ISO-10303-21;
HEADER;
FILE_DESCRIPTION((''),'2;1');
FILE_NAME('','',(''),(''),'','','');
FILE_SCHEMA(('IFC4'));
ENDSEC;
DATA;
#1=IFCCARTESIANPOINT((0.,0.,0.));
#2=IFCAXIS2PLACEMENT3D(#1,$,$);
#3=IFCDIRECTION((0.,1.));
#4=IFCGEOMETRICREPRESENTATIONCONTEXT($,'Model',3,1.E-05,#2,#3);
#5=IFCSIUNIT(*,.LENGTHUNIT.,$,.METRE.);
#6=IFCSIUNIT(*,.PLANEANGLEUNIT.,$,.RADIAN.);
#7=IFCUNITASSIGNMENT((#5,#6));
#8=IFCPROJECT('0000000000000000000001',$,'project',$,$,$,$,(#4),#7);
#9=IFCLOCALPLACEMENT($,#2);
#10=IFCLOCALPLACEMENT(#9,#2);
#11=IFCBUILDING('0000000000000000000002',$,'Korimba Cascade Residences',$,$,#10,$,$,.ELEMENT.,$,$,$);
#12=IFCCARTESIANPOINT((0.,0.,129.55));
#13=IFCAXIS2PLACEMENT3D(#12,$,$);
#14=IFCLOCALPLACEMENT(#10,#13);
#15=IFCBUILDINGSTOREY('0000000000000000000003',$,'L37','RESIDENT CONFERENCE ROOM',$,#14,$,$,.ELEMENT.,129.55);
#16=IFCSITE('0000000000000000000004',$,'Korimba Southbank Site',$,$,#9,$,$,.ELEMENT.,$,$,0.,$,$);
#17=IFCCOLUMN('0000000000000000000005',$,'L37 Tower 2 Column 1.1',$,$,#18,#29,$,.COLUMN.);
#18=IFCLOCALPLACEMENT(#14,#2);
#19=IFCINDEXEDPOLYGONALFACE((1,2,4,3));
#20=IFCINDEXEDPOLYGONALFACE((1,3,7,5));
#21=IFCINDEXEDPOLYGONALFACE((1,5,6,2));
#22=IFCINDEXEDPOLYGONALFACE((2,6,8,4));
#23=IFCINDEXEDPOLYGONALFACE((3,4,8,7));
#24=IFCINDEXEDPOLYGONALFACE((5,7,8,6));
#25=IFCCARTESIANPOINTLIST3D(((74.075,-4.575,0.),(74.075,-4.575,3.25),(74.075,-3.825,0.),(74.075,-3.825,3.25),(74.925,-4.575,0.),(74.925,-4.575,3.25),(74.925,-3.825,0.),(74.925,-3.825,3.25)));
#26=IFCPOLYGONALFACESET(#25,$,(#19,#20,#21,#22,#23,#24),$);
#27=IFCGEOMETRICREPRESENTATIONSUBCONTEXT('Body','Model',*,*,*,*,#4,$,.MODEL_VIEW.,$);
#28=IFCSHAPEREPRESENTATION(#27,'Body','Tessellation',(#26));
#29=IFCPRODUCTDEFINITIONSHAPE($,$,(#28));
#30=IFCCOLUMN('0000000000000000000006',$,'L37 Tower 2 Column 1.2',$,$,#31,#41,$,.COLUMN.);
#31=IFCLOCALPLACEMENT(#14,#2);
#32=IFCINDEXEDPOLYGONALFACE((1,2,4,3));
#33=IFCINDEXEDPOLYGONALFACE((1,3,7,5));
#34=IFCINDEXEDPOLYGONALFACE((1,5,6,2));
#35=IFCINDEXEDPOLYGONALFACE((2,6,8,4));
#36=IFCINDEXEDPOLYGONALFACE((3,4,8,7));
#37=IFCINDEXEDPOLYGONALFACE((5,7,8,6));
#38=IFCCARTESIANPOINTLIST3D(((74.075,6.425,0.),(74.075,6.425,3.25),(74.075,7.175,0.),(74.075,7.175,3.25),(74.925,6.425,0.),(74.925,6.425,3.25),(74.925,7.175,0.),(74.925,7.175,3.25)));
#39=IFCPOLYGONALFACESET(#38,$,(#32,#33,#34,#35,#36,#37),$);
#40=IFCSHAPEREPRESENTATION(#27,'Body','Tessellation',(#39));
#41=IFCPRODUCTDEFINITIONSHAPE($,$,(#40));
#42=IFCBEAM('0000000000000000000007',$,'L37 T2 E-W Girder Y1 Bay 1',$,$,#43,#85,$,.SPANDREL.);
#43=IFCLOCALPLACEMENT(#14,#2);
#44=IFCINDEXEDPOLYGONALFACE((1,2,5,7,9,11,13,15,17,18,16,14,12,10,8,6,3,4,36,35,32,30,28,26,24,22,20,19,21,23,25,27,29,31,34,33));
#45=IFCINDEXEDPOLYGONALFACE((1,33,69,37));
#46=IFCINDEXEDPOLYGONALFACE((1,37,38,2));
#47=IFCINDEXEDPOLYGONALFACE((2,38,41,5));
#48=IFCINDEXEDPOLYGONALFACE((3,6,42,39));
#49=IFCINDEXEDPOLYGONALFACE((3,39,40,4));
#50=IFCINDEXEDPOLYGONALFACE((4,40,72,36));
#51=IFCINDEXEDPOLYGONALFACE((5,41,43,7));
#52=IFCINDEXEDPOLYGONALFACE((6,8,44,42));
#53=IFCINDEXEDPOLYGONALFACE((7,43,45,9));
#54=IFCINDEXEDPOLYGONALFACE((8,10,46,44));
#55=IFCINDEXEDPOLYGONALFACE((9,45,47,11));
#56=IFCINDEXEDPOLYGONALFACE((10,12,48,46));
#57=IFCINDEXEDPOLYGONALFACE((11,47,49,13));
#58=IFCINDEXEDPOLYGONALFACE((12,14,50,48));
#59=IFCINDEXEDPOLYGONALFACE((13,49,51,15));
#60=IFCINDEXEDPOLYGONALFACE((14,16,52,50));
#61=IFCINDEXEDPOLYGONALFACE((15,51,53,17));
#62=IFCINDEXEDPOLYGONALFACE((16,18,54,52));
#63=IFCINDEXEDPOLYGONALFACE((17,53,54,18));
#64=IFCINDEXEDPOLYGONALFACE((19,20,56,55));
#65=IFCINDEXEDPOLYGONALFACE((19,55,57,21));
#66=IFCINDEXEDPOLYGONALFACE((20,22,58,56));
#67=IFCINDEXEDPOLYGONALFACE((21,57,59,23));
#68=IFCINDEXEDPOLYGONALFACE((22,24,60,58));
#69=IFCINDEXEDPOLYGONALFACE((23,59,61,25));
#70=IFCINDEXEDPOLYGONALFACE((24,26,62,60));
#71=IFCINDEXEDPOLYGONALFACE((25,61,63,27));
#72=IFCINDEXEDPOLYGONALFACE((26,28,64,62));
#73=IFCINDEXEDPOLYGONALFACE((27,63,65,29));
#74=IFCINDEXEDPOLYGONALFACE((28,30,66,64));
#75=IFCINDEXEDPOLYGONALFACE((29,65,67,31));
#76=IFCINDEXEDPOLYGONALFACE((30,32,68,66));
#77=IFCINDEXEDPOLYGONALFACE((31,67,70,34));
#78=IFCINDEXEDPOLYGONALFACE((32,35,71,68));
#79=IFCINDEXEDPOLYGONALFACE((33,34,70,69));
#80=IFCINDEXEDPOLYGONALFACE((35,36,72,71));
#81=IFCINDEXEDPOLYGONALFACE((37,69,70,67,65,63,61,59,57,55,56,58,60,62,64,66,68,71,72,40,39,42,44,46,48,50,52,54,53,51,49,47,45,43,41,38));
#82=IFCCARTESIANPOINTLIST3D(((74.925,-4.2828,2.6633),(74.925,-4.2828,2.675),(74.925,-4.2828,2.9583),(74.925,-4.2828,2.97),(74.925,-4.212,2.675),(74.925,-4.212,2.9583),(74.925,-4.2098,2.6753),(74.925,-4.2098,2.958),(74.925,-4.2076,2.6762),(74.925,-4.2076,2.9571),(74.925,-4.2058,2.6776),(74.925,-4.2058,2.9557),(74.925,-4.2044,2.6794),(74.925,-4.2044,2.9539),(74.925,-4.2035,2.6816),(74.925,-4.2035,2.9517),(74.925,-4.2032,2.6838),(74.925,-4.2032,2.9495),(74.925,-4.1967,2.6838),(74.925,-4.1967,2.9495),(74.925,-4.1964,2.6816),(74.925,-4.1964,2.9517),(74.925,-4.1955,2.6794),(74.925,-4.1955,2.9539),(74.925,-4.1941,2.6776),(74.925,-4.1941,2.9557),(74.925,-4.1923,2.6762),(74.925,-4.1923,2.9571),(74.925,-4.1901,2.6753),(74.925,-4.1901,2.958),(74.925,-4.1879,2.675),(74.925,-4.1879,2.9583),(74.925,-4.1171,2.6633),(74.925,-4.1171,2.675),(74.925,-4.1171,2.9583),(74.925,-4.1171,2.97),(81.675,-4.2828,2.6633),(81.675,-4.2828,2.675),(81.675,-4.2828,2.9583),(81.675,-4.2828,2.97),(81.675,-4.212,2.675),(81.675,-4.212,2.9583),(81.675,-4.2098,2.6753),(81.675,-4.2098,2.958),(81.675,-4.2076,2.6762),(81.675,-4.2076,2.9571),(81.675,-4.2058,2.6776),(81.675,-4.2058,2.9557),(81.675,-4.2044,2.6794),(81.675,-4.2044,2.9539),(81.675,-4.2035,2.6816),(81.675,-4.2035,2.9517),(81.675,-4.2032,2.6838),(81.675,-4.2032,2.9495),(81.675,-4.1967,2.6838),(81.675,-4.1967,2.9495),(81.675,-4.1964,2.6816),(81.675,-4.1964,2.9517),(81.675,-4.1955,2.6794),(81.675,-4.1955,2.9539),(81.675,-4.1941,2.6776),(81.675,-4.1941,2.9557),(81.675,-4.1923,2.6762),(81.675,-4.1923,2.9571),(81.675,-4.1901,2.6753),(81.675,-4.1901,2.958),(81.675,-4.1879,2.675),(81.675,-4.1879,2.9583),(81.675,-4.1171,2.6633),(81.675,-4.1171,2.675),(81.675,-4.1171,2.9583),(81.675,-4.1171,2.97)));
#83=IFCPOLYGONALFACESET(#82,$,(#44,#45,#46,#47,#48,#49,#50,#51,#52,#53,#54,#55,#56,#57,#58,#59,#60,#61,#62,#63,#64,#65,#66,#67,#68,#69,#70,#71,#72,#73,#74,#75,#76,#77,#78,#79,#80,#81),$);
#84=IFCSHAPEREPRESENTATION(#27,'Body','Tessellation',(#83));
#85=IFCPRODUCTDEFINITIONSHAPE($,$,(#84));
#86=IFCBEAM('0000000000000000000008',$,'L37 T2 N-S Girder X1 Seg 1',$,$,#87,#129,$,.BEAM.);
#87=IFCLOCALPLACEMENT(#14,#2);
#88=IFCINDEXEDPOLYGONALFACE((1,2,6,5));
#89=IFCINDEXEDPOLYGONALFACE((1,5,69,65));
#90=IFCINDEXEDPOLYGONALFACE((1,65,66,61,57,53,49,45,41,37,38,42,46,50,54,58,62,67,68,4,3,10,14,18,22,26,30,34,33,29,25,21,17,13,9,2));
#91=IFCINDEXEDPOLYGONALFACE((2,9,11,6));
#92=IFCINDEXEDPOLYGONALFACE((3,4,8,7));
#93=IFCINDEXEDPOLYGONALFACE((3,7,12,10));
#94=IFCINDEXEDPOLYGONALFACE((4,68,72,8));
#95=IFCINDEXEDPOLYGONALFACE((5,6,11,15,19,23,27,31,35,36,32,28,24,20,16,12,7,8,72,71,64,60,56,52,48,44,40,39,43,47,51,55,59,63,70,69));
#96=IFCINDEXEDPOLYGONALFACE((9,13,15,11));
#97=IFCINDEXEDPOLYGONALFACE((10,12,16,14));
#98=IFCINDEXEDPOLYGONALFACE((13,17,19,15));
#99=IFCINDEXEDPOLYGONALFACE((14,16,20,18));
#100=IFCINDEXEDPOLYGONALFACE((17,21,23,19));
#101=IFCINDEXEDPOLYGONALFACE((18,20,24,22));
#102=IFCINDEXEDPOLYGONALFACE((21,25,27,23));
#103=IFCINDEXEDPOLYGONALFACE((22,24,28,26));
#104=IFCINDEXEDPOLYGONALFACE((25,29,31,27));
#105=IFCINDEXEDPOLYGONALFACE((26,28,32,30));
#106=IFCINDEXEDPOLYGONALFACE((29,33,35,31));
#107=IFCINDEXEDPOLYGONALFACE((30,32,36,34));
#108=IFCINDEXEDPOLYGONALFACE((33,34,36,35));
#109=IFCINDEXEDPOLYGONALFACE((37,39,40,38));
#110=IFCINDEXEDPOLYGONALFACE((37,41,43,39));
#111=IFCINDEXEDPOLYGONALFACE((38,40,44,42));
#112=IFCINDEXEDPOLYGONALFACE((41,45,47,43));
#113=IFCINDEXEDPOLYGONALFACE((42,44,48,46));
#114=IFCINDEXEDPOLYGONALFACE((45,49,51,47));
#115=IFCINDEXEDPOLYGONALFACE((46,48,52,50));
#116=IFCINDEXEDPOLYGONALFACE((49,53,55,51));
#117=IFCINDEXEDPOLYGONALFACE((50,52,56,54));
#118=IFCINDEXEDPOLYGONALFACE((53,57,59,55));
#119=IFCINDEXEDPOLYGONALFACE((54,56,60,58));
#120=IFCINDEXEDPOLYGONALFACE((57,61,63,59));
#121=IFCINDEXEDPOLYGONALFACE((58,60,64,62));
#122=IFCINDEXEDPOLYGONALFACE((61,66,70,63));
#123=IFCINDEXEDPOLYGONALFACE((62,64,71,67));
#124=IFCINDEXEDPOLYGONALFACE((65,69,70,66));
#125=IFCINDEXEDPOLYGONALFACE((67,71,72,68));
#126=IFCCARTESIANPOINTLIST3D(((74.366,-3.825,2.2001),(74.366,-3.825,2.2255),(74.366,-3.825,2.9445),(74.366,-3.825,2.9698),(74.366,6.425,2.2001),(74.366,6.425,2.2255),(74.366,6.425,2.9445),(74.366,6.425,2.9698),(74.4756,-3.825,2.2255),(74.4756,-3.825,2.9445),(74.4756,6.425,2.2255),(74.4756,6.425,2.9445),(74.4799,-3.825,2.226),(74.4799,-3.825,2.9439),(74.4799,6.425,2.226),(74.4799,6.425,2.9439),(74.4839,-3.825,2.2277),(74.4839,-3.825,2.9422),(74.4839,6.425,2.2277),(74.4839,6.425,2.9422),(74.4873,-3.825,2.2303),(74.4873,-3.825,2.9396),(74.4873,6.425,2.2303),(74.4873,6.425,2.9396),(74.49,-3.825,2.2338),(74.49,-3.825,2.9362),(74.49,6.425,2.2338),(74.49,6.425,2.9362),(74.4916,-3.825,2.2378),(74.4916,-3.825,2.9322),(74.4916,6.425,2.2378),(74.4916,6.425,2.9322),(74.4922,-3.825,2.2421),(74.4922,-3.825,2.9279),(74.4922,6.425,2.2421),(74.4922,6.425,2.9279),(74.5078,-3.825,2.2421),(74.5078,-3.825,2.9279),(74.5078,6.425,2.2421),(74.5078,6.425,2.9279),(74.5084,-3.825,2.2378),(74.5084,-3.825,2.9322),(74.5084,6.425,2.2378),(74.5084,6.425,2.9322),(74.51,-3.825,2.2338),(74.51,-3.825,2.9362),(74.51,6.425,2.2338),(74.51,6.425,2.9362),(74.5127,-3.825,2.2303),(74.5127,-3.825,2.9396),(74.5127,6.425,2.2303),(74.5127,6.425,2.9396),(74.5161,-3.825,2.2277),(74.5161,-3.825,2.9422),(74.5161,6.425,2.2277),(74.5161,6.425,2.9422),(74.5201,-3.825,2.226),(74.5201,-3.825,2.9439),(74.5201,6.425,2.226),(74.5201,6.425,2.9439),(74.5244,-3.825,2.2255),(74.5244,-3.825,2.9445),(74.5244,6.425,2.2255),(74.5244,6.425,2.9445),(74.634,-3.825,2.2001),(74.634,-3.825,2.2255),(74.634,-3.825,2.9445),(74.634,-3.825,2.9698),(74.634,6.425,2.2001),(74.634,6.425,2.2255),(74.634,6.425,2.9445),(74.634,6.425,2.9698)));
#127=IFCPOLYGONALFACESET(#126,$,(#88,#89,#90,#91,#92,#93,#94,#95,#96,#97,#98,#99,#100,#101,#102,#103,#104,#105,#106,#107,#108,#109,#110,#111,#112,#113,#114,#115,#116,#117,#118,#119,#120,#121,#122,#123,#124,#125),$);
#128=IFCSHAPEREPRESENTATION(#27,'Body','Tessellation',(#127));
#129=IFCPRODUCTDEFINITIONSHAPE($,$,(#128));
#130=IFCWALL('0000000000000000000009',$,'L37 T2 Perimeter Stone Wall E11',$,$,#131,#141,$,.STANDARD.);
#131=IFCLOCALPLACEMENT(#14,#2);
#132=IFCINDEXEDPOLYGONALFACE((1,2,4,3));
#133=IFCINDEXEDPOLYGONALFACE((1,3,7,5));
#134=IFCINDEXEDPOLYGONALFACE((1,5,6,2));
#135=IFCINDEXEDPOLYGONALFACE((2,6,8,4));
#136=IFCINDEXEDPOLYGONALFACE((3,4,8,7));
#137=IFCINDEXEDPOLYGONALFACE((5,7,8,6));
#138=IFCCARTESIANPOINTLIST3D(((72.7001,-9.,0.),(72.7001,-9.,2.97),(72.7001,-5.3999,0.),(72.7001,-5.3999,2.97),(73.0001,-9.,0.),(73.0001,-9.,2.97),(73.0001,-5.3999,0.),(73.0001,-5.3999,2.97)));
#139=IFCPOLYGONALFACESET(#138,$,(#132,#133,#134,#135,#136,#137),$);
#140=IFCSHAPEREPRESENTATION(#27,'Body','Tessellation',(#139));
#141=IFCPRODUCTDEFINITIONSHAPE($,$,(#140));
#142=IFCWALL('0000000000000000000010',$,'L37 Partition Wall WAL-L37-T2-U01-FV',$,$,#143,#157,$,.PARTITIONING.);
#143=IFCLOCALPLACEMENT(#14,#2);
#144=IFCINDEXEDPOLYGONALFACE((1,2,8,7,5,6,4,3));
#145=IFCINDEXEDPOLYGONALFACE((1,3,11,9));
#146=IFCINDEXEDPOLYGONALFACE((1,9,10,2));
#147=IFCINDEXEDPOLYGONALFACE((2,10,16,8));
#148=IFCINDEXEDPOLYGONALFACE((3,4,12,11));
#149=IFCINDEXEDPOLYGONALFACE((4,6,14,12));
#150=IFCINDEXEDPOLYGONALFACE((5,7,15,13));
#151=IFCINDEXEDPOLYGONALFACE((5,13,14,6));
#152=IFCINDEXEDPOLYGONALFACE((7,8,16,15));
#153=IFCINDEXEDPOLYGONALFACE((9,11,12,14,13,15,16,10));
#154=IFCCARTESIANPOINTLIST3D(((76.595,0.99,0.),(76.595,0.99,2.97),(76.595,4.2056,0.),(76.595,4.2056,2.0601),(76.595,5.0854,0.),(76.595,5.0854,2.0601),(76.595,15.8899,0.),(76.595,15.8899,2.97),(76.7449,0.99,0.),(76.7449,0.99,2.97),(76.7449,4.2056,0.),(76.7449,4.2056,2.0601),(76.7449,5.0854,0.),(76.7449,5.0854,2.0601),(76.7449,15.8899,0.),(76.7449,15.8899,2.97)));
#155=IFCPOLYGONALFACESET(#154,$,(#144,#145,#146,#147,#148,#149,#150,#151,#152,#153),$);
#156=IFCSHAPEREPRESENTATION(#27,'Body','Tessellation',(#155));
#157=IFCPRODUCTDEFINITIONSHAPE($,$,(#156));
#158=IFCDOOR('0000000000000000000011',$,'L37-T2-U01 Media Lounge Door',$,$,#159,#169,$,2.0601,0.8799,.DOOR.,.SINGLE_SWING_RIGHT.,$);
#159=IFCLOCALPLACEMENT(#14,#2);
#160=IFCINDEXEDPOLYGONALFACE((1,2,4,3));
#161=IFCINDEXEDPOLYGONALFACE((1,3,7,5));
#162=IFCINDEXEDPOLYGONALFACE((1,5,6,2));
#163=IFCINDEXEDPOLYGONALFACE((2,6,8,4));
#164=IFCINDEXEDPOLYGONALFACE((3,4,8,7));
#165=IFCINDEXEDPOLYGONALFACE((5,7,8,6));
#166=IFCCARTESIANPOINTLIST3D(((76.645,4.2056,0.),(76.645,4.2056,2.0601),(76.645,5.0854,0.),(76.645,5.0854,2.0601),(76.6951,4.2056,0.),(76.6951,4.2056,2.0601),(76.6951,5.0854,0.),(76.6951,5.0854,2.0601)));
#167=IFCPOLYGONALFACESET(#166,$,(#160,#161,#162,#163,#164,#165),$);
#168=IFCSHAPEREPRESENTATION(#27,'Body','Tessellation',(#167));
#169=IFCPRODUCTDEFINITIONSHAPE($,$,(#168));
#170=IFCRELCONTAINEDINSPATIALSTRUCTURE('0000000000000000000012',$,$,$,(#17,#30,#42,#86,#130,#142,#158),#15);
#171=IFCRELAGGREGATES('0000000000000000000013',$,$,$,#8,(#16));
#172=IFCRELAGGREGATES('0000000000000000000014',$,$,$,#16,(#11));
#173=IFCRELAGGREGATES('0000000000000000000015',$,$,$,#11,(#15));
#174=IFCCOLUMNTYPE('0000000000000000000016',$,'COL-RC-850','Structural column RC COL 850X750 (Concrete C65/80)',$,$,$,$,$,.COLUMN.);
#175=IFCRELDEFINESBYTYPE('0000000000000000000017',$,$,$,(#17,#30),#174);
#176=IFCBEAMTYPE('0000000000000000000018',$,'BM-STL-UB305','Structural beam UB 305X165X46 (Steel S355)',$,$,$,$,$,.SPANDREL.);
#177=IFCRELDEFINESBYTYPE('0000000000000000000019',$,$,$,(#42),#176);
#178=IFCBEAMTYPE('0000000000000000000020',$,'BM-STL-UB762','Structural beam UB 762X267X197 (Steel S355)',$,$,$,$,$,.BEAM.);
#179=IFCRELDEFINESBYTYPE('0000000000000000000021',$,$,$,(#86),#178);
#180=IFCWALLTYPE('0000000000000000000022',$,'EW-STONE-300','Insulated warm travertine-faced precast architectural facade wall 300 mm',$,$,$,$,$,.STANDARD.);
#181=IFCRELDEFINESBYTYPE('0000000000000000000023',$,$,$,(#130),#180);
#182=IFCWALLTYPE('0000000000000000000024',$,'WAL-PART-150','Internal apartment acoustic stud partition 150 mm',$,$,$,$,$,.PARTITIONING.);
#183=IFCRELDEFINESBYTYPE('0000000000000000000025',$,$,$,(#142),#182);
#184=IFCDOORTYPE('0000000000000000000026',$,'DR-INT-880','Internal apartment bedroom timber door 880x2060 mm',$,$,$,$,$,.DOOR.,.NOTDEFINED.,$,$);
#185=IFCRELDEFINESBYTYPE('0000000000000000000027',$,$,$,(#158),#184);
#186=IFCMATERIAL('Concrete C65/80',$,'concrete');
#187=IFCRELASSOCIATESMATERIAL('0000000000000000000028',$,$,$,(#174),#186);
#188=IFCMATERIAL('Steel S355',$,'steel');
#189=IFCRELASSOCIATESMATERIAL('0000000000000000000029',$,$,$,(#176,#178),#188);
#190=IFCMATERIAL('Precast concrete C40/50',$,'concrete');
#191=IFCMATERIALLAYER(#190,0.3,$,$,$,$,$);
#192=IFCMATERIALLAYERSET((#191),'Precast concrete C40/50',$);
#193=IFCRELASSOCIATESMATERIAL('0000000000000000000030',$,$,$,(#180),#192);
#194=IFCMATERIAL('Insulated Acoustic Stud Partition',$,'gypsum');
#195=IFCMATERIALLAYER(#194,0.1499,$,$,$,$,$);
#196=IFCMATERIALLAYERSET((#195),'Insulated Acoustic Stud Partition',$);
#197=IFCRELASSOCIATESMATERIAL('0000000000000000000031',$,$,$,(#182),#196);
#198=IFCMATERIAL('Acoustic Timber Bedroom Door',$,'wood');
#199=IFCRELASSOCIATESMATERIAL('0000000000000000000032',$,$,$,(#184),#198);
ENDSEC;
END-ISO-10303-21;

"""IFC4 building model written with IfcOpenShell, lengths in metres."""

from ifc_helpers import new_model, si_unit, direction, frame, frame_2d, origin, origin_2d, place, context, subcontext, project, spatial, rectangle, i_section, extrude, material, layer, layer_set, material_profile, profile_set, type_object, element, fill, save


model = new_model("IFC4")

# Units and contexts
model_context = context("Model", 3, precision=1e-05, world=origin(), true_north=direction((0.0, 1.0)))
body_context = subcontext(model_context, "Body", "Model", "MODEL_VIEW")
ifc_project = project(units=[si_unit("LENGTHUNIT", "METRE"), si_unit("PLANEANGLEUNIT", "RADIAN")], contexts=[model_context])

# Site, building, storey
site_placement = place(None, origin())
site = spatial("IfcSite", under=ifc_project, at=site_placement, Name="Korimba Southbank Site", CompositionType="ELEMENT", RefElevation=0.0)
building_placement = place(site_placement, origin())
building = spatial("IfcBuilding", under=site, at=building_placement, Name="Korimba Cascade Residences", CompositionType="ELEMENT")
storey_placement = place(building_placement, frame((0.0, 0.0, 129.55)))
storey = spatial("IfcBuildingStorey", under=building, at=storey_placement, Name="L37", Description="RESIDENT CONFERENCE ROOM", CompositionType="ELEMENT", Elevation=129.55)

# Columns
ifc_material_1 = material(Name="Concrete C65/80", Category="concrete")
ifc_material_profile_1 = material_profile(ifc_material_1, rectangle(XDim=0.8501, YDim=0.75, at=origin_2d()), Name="Concrete C65/80")
ifc_profile_set_1 = profile_set([ifc_material_profile_1], Name="Concrete C65/80")
column_type = type_object("IfcColumnType", Name="COL-RC-850", Description="Structural column RC COL 850X750 (Concrete C65/80)", PredefinedType="COLUMN", material=ifc_profile_set_1)
for number, where, z_axis, x_axis, name in (
    (1, (74.5, -4.2, 0.0), (0.0, 0.0, 1.0), (1.0, 0.0, 0.0), "L37 Tower 2 Column 1.1"),
    (2, (74.5, 6.8, 0.0), (0.0, 0.0, 1.0), (1.0, 0.0, 0.0), "L37 Tower 2 Column 1.2"),
):
    element("IfcColumn", number, at=place(storey_placement, frame(where, z_axis=z_axis, x_axis=x_axis)), inside=storey, type_object=column_type, Name=name, PredefinedType="COLUMN", context=body_context, shape_type="SweptSolid", body=[
        extrude(rectangle(XDim=0.8501, YDim=0.75, at=origin_2d()), origin(), (0.0, 0.0, 1.0), 3.25),
    ])

# Beams
ifc_material_2 = material(Name="Steel S355", Category="steel")
ifc_material_profile_2 = material_profile(ifc_material_2, i_section(OverallWidth=0.1658, OverallDepth=0.3066, WebThickness=0.0066, FlangeThickness=0.0117, FilletRadius=0.0088, at=origin_2d()), Name="Steel S355")
ifc_profile_set_2 = profile_set([ifc_material_profile_2], Name="Steel S355")
beam_type_1 = type_object("IfcBeamType", Name="BM-STL-UB305", Description="Structural beam UB 305X165X46 (Steel S355)", PredefinedType="SPANDREL", material=ifc_profile_set_2)
beam_1_placement = place(storey_placement, frame((74.925, -4.2, 2.8167), z_axis=(1.0, 0.0, 0.0), x_axis=(0.0, 1.0, 0.0)))
element("IfcBeam", 3, at=beam_1_placement, inside=storey, type_object=beam_type_1, Name="L37 T2 E-W Girder Y1 Bay 1", PredefinedType="SPANDREL", context=body_context, shape_type="SweptSolid", body=[
    extrude(i_section(OverallWidth=0.1658, OverallDepth=0.3066, WebThickness=0.0066, FlangeThickness=0.0117, FilletRadius=0.0088, at=origin_2d()), origin(), (0.0, 0.0, 1.0), 6.75),
])
ifc_material_profile_3 = material_profile(ifc_material_2, i_section(OverallWidth=0.2681, OverallDepth=0.7698, WebThickness=0.0156, FlangeThickness=0.0254, FilletRadius=0.0166, at=origin_2d()), Name="Steel S355")
ifc_profile_set_3 = profile_set([ifc_material_profile_3], Name="Steel S355")
beam_type_2 = type_object("IfcBeamType", Name="BM-STL-UB762", Description="Structural beam UB 762X267X197 (Steel S355)", PredefinedType="BEAM", material=ifc_profile_set_3)
beam_2_placement = place(storey_placement, frame((74.5, -3.825, 2.585), z_axis=(0.0, 1.0, 0.0), x_axis=(-1.0, 0.0, 0.0)))
element("IfcBeam", 4, at=beam_2_placement, inside=storey, type_object=beam_type_2, Name="L37 T2 N-S Girder X1 Seg 1", PredefinedType="BEAM", context=body_context, shape_type="SweptSolid", body=[
    extrude(i_section(OverallWidth=0.2681, OverallDepth=0.7698, WebThickness=0.0156, FlangeThickness=0.0254, FilletRadius=0.0166, at=origin_2d()), origin(), (0.0, 0.0, 1.0), 10.25),
])

# Wall
ifc_material_3 = material(Name="Precast concrete C40/50", Category="concrete")
ifc_layer_1 = layer(ifc_material_3, 0.3)
ifc_layer_set_1 = layer_set([ifc_layer_1], Name="Precast concrete C40/50")
wall_type_1 = type_object("IfcWallType", Name="EW-STONE-300", Description="Insulated warm travertine-faced precast architectural facade wall 300 mm", PredefinedType="STANDARD", material=ifc_layer_set_1)
wall_1_placement = place(storey_placement, frame((72.8501, -5.3999, 0.0), z_axis=(0.0, 0.0, 1.0), x_axis=(0.0, -1.0, 0.0)))
element("IfcWall", 5, at=wall_1_placement, inside=storey, type_object=wall_type_1, Name="L37 T2 Perimeter Stone Wall E11", PredefinedType="STANDARD", context=body_context, shape_type="SweptSolid", body=[
    extrude(rectangle(XDim=3.6001, YDim=0.3, at=frame_2d((1.8, 0.0))), origin(), (0.0, 0.0, 1.0), 2.97),
])

# Wall, opening, door
ifc_material_4 = material(Name="Insulated Acoustic Stud Partition", Category="gypsum")
ifc_layer_2 = layer(ifc_material_4, 0.1499)
ifc_layer_set_2 = layer_set([ifc_layer_2], Name="Insulated Acoustic Stud Partition")
wall_type_2 = type_object("IfcWallType", Name="WAL-PART-150", Description="Internal apartment acoustic stud partition 150 mm", PredefinedType="PARTITIONING", material=ifc_layer_set_2)
wall_2_placement = place(storey_placement, frame((76.6699, 0.99, 0.0), z_axis=(0.0, 0.0, 1.0), x_axis=(0.0, 1.0, 0.0)))
wall_2 = element("IfcWall", 6, at=wall_2_placement, inside=storey, type_object=wall_type_2, Name="L37 Partition Wall WAL-L37-T2-U01-FV", PredefinedType="PARTITIONING", context=body_context, shape_type="SweptSolid", body=[
    extrude(rectangle(XDim=14.8999, YDim=0.1499, at=frame_2d((7.45, 0.0))), origin(), (0.0, 0.0, 1.0), 2.97),
])
opening_1_placement = place(wall_2_placement, frame((3.2156, 0.0, 0.0)))
opening_1 = element("IfcOpeningElement", 7, at=opening_1_placement, cuts=wall_2, PredefinedType="OPENING", context=body_context, shape_type="SweptSolid", body=[
    extrude(rectangle(XDim=0.8799, YDim=2.0601, at=frame_2d((0.4399, 1.03))), frame((0.0, 0.085, 0.0), z_axis=(0.0, -1.0, 0.0), x_axis=(1.0, 0.0, 0.0)), (0.0, 0.0, 1.0), 0.1699),
])
ifc_material_5 = material(Name="Acoustic Timber Bedroom Door", Category="wood")
door_type_1 = type_object("IfcDoorType", Name="DR-INT-880", Description="Internal apartment bedroom timber door 880x2060 mm", OperationType="NOTDEFINED", PredefinedType="DOOR", material=ifc_material_5)
door_1_placement = place(opening_1_placement, origin())
door_1 = element("IfcDoor", 8, at=door_1_placement, inside=storey, type_object=door_type_1, Name="L37-T2-U01 Media Lounge Door", OperationType="SINGLE_SWING_RIGHT", OverallHeight=2.0601, OverallWidth=0.8799, PredefinedType="DOOR", context=body_context, shape_type="SweptSolid", body=[
    extrude(rectangle(XDim=0.8799, YDim=2.0601, at=frame_2d((0.4399, 1.03))), frame((0.0, 0.0249, 0.0), z_axis=(0.0, -1.0, 0.0), x_axis=(1.0, 0.0, 0.0)), (0.0, 0.0, 1.0), 0.05),
])
fill(opening_1, door_1)

save(model, "model.ifc")
